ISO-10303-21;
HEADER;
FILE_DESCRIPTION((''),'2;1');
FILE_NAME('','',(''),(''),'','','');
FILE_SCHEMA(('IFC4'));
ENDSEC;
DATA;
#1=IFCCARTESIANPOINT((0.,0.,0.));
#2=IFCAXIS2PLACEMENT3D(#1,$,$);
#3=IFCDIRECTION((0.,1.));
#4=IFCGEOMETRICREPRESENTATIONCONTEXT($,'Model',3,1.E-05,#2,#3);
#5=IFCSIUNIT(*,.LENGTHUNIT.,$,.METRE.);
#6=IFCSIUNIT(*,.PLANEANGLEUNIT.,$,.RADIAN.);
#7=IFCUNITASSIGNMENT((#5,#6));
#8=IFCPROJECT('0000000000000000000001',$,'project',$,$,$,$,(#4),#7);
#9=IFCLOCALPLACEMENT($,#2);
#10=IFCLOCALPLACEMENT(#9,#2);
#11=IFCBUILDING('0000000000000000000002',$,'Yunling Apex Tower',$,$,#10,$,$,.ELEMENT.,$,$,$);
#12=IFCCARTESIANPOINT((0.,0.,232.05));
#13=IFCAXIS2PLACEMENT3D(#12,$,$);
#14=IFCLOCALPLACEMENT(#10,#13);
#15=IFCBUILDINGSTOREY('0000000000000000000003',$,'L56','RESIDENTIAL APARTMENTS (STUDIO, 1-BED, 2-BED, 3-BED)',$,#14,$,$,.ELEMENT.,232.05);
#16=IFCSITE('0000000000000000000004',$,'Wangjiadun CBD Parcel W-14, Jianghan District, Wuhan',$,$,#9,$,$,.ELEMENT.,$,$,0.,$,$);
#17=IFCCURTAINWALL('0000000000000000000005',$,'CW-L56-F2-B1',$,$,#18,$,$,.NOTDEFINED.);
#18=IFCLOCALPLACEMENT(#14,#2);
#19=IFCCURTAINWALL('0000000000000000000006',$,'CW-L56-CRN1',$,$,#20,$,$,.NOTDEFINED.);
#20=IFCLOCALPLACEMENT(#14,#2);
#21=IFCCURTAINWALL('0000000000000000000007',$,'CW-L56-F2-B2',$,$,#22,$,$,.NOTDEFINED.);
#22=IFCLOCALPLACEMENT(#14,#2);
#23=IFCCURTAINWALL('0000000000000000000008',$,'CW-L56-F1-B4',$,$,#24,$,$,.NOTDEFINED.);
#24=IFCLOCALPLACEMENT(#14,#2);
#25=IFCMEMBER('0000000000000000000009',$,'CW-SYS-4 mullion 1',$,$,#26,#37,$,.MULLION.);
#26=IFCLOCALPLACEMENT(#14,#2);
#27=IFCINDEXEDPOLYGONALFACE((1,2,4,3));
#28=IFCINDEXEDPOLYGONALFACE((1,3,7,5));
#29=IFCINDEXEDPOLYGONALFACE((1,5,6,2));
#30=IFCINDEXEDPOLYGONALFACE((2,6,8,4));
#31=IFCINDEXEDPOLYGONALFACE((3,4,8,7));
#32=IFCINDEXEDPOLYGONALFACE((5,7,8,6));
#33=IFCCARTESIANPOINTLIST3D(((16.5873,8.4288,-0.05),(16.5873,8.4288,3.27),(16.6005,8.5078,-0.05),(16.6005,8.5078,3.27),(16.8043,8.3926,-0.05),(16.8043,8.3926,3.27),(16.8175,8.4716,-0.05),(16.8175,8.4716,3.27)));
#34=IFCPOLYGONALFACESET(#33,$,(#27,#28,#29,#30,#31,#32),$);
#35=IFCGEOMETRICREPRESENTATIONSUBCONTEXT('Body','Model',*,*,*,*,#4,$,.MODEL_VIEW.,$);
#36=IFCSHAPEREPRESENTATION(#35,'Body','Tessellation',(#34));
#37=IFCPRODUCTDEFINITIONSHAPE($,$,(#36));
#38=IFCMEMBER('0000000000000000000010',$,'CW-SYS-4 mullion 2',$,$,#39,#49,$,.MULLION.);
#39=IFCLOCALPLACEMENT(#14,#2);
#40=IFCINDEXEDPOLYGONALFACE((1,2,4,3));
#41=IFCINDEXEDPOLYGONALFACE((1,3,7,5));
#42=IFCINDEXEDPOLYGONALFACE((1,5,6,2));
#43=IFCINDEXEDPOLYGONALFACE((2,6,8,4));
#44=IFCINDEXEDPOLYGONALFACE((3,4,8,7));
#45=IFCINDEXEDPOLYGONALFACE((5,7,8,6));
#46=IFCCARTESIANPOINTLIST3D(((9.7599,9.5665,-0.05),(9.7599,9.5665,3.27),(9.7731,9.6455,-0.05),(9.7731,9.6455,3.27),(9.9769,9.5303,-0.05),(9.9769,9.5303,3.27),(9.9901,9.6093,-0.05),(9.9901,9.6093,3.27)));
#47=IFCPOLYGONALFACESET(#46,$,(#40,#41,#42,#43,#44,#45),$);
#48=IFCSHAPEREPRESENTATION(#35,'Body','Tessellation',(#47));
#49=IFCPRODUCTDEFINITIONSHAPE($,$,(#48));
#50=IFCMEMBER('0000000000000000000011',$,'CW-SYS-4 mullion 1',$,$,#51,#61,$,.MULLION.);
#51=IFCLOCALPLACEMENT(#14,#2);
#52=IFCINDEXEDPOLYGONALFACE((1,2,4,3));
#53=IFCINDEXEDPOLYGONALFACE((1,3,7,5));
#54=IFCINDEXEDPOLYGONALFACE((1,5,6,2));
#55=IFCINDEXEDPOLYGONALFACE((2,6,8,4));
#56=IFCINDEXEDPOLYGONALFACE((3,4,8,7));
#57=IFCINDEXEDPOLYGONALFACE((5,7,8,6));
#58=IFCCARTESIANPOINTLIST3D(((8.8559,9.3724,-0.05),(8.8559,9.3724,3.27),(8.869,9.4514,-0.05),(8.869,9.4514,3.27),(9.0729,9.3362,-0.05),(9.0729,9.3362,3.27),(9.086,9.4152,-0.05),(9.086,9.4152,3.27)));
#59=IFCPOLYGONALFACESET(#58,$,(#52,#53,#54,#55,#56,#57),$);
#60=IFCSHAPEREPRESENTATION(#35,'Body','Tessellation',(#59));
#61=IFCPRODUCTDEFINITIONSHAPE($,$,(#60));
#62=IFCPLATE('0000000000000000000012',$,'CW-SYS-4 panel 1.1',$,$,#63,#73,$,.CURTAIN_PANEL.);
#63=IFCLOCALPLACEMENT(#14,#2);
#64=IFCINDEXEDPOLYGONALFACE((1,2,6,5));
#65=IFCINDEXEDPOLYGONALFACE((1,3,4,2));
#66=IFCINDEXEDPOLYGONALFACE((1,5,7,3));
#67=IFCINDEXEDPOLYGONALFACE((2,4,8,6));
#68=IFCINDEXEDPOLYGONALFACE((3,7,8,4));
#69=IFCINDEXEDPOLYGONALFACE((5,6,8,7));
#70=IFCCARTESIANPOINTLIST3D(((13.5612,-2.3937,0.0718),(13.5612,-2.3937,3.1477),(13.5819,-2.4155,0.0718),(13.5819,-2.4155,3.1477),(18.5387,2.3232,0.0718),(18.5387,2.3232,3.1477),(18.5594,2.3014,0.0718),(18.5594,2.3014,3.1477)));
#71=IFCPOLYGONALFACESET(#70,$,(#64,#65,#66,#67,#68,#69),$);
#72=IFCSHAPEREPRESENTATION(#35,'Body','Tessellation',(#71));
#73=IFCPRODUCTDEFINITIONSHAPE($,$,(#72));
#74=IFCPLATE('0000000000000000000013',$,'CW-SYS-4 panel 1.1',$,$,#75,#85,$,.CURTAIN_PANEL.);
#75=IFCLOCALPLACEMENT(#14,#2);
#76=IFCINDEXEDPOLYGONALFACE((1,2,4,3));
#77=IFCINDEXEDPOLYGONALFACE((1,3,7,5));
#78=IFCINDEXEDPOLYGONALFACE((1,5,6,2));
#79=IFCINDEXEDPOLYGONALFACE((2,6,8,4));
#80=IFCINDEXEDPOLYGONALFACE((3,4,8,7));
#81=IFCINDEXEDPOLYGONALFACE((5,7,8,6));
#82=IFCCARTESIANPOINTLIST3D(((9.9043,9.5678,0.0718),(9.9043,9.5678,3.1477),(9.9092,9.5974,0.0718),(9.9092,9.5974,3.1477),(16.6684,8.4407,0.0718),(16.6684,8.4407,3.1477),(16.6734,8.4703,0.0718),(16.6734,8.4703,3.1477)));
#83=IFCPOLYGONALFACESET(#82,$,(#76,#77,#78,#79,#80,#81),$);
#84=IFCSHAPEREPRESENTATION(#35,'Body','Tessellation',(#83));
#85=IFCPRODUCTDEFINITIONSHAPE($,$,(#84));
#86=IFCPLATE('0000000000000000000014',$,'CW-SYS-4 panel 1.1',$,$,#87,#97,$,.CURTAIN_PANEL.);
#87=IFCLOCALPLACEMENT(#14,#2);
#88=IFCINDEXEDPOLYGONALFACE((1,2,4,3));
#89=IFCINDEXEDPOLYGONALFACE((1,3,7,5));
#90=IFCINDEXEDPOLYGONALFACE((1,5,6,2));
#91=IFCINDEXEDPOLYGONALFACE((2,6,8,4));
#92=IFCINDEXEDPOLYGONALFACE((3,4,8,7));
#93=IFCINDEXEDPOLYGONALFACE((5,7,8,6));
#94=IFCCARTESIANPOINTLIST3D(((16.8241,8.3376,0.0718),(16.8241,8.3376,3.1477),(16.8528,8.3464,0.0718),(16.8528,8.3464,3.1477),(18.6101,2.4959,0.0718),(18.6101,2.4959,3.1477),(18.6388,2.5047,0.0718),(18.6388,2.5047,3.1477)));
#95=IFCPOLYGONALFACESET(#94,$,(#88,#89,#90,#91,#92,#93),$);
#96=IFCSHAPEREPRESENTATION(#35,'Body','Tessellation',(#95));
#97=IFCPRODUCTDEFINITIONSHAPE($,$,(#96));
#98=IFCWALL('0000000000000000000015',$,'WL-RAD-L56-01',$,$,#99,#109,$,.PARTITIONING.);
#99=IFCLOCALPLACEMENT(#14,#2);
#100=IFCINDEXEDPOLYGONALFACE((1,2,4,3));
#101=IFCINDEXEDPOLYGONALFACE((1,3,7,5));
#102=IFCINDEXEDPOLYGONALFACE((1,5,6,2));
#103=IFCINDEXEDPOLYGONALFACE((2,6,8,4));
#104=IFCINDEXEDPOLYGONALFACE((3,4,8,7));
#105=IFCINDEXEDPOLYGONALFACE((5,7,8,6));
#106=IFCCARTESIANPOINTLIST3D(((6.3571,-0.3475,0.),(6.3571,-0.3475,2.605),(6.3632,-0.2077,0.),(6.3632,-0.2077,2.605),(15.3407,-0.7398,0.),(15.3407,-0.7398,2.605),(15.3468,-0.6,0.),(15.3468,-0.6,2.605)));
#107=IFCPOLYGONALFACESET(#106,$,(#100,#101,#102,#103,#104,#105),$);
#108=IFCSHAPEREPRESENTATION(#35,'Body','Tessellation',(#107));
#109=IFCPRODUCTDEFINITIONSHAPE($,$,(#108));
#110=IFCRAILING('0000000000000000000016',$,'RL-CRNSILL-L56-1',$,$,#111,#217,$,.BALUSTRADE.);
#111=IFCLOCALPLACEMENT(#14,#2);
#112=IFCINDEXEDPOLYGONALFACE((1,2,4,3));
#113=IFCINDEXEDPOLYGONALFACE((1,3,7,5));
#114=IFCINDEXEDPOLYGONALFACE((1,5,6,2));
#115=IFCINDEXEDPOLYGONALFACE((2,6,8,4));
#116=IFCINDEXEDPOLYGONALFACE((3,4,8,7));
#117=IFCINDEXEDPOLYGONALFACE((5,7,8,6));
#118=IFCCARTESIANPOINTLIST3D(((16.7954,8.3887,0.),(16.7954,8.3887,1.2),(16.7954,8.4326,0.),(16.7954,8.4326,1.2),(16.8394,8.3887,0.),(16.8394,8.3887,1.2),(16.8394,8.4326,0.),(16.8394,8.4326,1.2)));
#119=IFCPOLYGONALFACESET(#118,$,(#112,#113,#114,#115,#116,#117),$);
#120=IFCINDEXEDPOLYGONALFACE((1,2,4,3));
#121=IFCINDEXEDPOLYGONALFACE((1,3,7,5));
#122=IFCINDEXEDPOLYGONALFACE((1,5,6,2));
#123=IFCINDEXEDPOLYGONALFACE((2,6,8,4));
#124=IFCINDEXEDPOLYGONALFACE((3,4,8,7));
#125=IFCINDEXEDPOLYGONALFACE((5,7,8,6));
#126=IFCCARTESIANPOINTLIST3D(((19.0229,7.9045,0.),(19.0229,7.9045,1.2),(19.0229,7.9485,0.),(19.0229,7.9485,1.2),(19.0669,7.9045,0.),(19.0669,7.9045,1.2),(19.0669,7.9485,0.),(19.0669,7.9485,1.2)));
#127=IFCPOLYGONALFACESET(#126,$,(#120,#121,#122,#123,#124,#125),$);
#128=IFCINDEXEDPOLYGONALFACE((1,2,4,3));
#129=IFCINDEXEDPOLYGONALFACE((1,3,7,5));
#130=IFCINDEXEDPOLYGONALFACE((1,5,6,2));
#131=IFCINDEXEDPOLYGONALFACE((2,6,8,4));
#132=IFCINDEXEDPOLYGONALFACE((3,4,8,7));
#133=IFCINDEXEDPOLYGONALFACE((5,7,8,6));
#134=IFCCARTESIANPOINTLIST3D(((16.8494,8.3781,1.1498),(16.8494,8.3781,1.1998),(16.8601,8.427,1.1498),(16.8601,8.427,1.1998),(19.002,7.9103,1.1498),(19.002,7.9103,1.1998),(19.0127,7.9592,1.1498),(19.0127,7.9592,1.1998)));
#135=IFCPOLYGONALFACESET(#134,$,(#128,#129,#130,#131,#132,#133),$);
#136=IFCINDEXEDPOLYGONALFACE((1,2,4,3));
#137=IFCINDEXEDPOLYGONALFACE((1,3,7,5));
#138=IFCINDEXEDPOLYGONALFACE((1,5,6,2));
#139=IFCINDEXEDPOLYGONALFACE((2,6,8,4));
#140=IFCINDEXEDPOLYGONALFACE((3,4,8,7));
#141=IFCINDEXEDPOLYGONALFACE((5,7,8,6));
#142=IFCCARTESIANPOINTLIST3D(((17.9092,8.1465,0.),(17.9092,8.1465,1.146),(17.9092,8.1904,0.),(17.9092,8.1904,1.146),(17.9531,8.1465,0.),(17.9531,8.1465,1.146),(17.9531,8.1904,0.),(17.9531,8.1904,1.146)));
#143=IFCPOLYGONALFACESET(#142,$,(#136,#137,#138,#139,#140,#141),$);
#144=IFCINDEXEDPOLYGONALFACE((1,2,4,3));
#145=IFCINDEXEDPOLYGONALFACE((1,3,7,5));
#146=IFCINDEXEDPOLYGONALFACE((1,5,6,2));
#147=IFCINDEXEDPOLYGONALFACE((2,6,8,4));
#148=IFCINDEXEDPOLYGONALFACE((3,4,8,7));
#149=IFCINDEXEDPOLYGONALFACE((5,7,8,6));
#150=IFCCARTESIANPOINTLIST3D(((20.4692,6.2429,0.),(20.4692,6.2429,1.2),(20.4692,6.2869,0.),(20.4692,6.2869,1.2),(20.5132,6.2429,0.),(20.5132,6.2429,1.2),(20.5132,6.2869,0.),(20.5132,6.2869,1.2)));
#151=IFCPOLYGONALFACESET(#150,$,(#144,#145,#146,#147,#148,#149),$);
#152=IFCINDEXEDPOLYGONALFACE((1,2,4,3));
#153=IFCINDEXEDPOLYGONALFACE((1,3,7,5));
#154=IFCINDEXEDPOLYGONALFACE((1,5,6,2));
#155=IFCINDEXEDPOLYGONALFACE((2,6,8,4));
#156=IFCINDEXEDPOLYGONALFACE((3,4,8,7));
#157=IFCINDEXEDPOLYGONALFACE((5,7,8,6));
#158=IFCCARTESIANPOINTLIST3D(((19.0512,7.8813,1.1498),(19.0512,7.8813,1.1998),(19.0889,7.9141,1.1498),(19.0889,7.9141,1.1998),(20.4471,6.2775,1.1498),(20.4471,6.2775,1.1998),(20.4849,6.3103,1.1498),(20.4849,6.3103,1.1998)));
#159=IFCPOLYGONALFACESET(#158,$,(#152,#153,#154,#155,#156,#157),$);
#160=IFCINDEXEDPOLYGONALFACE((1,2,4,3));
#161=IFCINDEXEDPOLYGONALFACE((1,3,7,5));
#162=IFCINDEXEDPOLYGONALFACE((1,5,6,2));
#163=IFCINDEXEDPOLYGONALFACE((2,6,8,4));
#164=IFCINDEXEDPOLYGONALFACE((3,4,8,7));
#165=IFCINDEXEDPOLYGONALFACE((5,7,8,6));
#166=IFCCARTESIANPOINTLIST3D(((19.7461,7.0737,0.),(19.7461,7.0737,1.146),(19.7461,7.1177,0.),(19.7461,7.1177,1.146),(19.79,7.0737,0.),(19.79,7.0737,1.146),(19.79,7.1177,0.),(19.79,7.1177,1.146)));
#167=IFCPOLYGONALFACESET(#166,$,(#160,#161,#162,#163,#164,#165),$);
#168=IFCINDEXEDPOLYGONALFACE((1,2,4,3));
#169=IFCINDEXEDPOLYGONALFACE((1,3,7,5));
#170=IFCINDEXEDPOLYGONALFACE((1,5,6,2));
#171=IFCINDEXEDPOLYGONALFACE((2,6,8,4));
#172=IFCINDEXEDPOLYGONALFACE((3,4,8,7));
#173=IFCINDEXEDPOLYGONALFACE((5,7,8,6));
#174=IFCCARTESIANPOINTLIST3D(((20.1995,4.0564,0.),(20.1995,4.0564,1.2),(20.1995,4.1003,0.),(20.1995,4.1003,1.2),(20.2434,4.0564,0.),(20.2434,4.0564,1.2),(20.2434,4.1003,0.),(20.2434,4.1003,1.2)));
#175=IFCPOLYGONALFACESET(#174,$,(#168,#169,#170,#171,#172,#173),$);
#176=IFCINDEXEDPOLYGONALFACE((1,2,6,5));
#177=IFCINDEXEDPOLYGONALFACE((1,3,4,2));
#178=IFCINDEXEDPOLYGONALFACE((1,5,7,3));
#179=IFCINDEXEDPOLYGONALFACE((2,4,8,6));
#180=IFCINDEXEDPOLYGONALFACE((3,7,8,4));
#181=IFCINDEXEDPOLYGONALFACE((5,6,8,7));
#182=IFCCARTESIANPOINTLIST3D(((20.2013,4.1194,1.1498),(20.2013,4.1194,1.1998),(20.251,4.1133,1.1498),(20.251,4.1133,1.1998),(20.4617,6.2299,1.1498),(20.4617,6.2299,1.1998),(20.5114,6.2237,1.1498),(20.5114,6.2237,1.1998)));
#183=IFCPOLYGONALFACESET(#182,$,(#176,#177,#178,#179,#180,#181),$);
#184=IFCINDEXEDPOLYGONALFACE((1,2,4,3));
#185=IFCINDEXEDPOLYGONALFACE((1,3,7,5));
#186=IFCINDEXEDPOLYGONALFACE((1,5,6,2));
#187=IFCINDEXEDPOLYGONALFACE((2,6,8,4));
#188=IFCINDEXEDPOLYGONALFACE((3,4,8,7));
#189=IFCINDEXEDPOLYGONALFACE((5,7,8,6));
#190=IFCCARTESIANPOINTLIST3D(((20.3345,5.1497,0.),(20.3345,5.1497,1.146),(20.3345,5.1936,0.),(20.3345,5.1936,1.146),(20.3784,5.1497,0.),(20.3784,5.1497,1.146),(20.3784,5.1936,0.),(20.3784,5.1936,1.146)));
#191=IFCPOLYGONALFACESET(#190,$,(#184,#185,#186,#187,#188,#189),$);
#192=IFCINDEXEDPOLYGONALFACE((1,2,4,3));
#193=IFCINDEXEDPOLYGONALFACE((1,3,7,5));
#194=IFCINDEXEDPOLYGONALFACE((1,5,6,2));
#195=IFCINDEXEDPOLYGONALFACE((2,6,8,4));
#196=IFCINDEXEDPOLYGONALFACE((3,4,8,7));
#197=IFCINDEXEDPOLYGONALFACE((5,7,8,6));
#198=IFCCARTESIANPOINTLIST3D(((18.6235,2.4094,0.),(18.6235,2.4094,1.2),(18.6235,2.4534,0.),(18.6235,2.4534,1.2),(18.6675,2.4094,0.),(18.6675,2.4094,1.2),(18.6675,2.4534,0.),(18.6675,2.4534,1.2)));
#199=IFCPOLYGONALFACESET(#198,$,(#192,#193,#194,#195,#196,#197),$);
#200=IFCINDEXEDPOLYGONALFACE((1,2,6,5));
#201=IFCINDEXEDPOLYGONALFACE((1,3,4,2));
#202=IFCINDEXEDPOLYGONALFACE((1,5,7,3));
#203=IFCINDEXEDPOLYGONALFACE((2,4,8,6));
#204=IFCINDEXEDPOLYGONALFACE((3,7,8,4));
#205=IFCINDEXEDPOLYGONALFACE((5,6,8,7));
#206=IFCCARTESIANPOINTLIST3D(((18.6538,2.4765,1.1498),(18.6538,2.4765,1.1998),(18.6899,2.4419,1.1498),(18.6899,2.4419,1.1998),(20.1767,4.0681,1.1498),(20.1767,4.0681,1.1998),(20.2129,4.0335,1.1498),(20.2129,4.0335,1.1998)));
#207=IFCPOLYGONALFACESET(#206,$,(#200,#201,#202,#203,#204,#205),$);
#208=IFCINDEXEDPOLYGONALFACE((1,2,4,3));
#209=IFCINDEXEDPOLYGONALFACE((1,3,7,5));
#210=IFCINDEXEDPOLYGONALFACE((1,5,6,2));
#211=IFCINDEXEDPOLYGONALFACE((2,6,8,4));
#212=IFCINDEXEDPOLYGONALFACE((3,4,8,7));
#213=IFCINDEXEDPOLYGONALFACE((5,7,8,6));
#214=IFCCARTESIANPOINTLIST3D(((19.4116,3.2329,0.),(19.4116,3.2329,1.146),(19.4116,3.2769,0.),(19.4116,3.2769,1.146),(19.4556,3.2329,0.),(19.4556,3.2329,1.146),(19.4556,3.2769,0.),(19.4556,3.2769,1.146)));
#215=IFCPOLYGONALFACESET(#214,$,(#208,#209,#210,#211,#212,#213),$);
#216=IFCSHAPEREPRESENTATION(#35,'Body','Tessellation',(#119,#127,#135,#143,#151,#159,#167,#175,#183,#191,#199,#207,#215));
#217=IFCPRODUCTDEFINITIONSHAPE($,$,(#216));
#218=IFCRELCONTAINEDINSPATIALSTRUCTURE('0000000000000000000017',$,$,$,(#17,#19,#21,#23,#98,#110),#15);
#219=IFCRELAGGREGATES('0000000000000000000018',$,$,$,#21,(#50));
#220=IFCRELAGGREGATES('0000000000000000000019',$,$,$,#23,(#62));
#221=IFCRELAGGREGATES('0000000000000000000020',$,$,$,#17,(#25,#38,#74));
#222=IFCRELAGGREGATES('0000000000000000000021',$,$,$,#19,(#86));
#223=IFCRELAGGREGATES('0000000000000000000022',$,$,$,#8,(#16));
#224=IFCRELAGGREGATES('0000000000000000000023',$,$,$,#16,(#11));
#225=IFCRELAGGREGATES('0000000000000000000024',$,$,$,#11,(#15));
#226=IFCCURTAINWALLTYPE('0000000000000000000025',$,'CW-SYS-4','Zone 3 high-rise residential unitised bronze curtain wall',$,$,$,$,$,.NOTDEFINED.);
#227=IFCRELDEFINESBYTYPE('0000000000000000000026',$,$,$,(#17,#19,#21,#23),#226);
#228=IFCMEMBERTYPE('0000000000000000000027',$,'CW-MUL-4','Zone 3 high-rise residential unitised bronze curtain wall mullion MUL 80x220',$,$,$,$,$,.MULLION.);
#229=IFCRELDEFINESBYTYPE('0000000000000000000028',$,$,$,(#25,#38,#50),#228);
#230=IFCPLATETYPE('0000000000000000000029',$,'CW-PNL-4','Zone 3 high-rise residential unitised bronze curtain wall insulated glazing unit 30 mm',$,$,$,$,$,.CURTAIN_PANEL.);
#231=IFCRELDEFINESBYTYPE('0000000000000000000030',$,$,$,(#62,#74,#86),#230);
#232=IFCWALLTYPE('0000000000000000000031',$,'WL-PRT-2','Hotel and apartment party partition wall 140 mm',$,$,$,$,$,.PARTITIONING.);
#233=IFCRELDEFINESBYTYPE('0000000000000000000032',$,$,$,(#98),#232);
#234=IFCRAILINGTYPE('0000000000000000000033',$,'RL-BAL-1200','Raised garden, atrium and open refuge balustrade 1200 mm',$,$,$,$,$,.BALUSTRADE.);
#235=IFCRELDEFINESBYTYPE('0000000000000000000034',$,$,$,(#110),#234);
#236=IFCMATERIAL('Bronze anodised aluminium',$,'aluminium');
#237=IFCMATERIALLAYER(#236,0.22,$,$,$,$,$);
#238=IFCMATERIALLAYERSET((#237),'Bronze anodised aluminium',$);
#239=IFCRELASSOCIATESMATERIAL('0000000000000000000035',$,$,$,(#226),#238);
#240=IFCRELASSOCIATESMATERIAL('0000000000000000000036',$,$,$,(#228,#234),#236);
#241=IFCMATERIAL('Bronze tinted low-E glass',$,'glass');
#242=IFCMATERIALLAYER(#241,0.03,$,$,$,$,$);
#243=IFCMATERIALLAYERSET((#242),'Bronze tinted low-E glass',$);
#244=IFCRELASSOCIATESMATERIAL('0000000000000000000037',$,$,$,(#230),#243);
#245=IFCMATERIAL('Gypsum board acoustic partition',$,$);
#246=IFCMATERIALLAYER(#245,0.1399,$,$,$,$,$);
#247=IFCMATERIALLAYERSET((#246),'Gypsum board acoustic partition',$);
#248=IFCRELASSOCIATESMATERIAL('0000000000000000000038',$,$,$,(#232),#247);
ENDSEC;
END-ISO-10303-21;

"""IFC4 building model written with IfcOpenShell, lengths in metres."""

from ifc_helpers import new_model, si_unit, direction, frame, frame_2d, origin, origin_2d, place, context, subcontext, project, spatial, rectangle, extrude, source, transform, mapped, material, layer, layer_set, material_profile, profile_set, type_object, element, aggregate, save


model = new_model("IFC4")

# Units and contexts
model_context = context("Model", 3, precision=1e-05, world=origin(), true_north=direction((0.0, 1.0)))
body_context = subcontext(model_context, "Body", "Model", "MODEL_VIEW")
ifc_project = project(units=[si_unit("LENGTHUNIT", "METRE"), si_unit("PLANEANGLEUNIT", "RADIAN")], contexts=[model_context])

# Site, building, storey
site_placement = place(None, origin())
site = spatial("IfcSite", under=ifc_project, at=site_placement, Name="Wangjiadun CBD Parcel W-14, Jianghan District, Wuhan", CompositionType="ELEMENT", RefElevation=0.0)
building_placement = place(site_placement, origin())
building = spatial("IfcBuilding", under=site, at=building_placement, Name="Yunling Apex Tower", CompositionType="ELEMENT")
storey_placement = place(building_placement, frame((0.0, 0.0, 232.05)))
storey = spatial("IfcBuildingStorey", under=building, at=storey_placement, Name="L56", Description="RESIDENTIAL APARTMENTS (STUDIO, 1-BED, 2-BED, 3-BED)", CompositionType="ELEMENT", Elevation=232.05)

# Curtain walls
ifc_material_1 = material(Name="Bronze anodised aluminium", Category="aluminium")
ifc_layer_1 = layer(ifc_material_1, 0.22)
ifc_layer_set_1 = layer_set([ifc_layer_1], Name="Bronze anodised aluminium")
curtain_wall_type = type_object("IfcCurtainWallType", Name="CW-SYS-4", Description="Zone 3 high-rise residential unitised bronze curtain wall", PredefinedType="NOTDEFINED", material=ifc_layer_set_1)
curtain_wall_1_placement = place(storey_placement, origin())
curtain_wall_1 = element("IfcCurtainWall", 1, at=curtain_wall_1_placement, inside=storey, type_object=curtain_wall_type, Name="CW-L56-F2-B1", PredefinedType="NOTDEFINED")
curtain_wall_2_placement = place(storey_placement, origin())
curtain_wall_2 = element("IfcCurtainWall", 2, at=curtain_wall_2_placement, inside=storey, type_object=curtain_wall_type, Name="CW-L56-CRN1", PredefinedType="NOTDEFINED")
curtain_wall_3_placement = place(storey_placement, origin())
curtain_wall_3 = element("IfcCurtainWall", 3, at=curtain_wall_3_placement, inside=storey, type_object=curtain_wall_type, Name="CW-L56-F2-B2", PredefinedType="NOTDEFINED")

# Curtain wall
curtain_wall_4_placement = place(storey_placement, origin())
curtain_wall_4 = element("IfcCurtainWall", 4, at=curtain_wall_4_placement, inside=storey, type_object=curtain_wall_type, Name="CW-L56-F1-B4", PredefinedType="NOTDEFINED")
ifc_material_profile_1 = material_profile(ifc_material_1, rectangle(XDim=0.0801, YDim=0.22, at=origin_2d()))
ifc_profile_set_1 = profile_set([ifc_material_profile_1], Name="Bronze anodised aluminium")
member_type_1 = type_object("IfcMemberType", Name="CW-MUL-4", Description="Zone 3 high-rise residential unitised bronze curtain wall mullion MUL 80x220", PredefinedType="MULLION", material=ifc_profile_set_1)
shared_shape_1 = source(origin(), body_context, "Body", "SweptSolid", [
    extrude(rectangle(XDim=0.0801, YDim=0.22, at=origin_2d()), origin(), (0.0, 0.0, 1.0), 3.3201),
])

# Members
member_1_placement = place(storey_placement, frame((16.7024, 8.4502, -0.05), z_axis=(0.0, 0.0, 1.0), x_axis=(-0.164353, -0.986402, 0.0)))
member_1 = element("IfcMember", 5, at=member_1_placement, type_object=member_type_1, Name="CW-SYS-4 mullion 1", PredefinedType="MULLION", context=body_context, shape_type="MappedRepresentation", body=[
    mapped(shared_shape_1, transform((0.0, 0.0, 0.0), scale=1.0)),
])
member_2_placement = place(storey_placement, frame((9.875, 9.5879, -0.05), z_axis=(0.0, 0.0, 1.0), x_axis=(-0.164353, -0.986402, 0.0)))
member_2 = element("IfcMember", 6, at=member_2_placement, type_object=member_type_1, Name="CW-SYS-4 mullion 2", PredefinedType="MULLION", context=body_context, shape_type="MappedRepresentation", body=[
    mapped(shared_shape_1, transform((0.0, 0.0, 0.0), scale=1.0)),
])
member_3_placement = place(storey_placement, frame((8.9709, 9.3938, -0.05), z_axis=(0.0, 0.0, 1.0), x_axis=(-0.164371, -0.986399, 0.0)))
member_3 = element("IfcMember", 7, at=member_3_placement, type_object=member_type_1, Name="CW-SYS-4 mullion 1", PredefinedType="MULLION", context=body_context, shape_type="MappedRepresentation", body=[
    mapped(shared_shape_1, transform((0.0, 0.0, 0.0), scale=1.0)),
])
aggregate(curtain_wall_3, [member_3])

# Plates
ifc_material_2 = material(Name="Bronze tinted low-E glass", Category="glass")
ifc_layer_2 = layer(ifc_material_2, 0.03)
ifc_layer_set_2 = layer_set([ifc_layer_2], Name="Bronze tinted low-E glass")
plate_type = type_object("IfcPlateType", Name="CW-PNL-4", Description="Zone 3 high-rise residential unitised bronze curtain wall insulated glazing unit 30 mm", PredefinedType="CURTAIN_PANEL", material=ifc_layer_set_2)
shared_shape_2 = source(origin(), body_context, "Body", "SweptSolid", [
    extrude(rectangle(XDim=6.8574, YDim=0.03, at=origin_2d()), origin(), (0.0, 0.0, 1.0), 3.0759),
])
plate_1_placement = place(storey_placement, frame((16.0603, -0.0461, 0.0718), z_axis=(0.0, 0.0, 1.0), x_axis=(0.725855, 0.687848, 0.0)))
plate_1 = element("IfcPlate", 8, at=plate_1_placement, type_object=plate_type, Name="CW-SYS-4 panel 1.1", PredefinedType="CURTAIN_PANEL", context=body_context, shape_type="MappedRepresentation", body=[
    mapped(shared_shape_2, transform((0.0, 0.0, 0.0), scale=1.0)),
])
aggregate(curtain_wall_4, [plate_1])
plate_2_placement = place(storey_placement, frame((13.2888, 9.019, 0.0718), z_axis=(0.0, 0.0, 1.0), x_axis=(-0.986402, 0.164353, 0.0)))
plate_2 = element("IfcPlate", 9, at=plate_2_placement, type_object=plate_type, Name="CW-SYS-4 panel 1.1", PredefinedType="CURTAIN_PANEL", context=body_context, shape_type="MappedRepresentation", body=[
    mapped(shared_shape_2, transform((0.0, 0.0, 0.0), scale=1.0)),
])
aggregate(curtain_wall_1, [member_1, member_2, plate_2])
shared_shape_3 = source(origin(), body_context, "Body", "SweptSolid", [
    extrude(rectangle(XDim=6.1086, YDim=0.03, at=origin_2d()), origin(), (0.0, 0.0, 1.0), 3.0759),
])
plate_3_placement = place(storey_placement, frame((17.7314, 5.4211, 0.0718), z_axis=(0.0, 0.0, 1.0), x_axis=(-0.292369, 0.956305, 0.0)))
plate_3 = element("IfcPlate", 10, at=plate_3_placement, type_object=plate_type, Name="CW-SYS-4 panel 1.1", PredefinedType="CURTAIN_PANEL", context=body_context, shape_type="MappedRepresentation", body=[
    mapped(shared_shape_3, transform((0.0, 0.0, 0.0), scale=1.0)),
])
aggregate(curtain_wall_2, [plate_3])

# Wall
ifc_material_3 = material(Name="Gypsum board acoustic partition")
ifc_layer_3 = layer(ifc_material_3, 0.1399)
ifc_layer_set_3 = layer_set([ifc_layer_3], Name="Gypsum board acoustic partition")
wall_type = type_object("IfcWallType", Name="WL-PRT-2", Description="Hotel and apartment party partition wall 140 mm", PredefinedType="PARTITIONING", material=ifc_layer_set_3)
wall_placement = place(storey_placement, frame((6.3601, -0.2776, 0.0), z_axis=(0.0, 0.0, 1.0), x_axis=(0.999048, -0.04363, 0.0)))
element("IfcWall", 11, at=wall_placement, inside=storey, type_object=wall_type, Name="WL-RAD-L56-01", PredefinedType="PARTITIONING", context=body_context, shape_type="SweptSolid", body=[
    extrude(rectangle(XDim=8.9922, YDim=0.1399, at=frame_2d((4.4961, 0.0))), origin(), (0.0, 0.0, 1.0), 2.605),
])

# Railing
railing_type = type_object("IfcRailingType", Name="RL-BAL-1200", Description="Raised garden, atrium and open refuge balustrade 1200 mm", PredefinedType="BALUSTRADE", material=ifc_material_1)
railing_1_placement = place(storey_placement, frame((16.8174, 8.4106, 0.0)))
element("IfcRailing", 12, at=railing_1_placement, inside=storey, type_object=railing_type, Name="RL-CRNSILL-L56-1", PredefinedType="BALUSTRADE", context=body_context, shape_type="SweptSolid", body=[
    extrude(rectangle(XDim=0.0439, YDim=0.0439, at=origin_2d()), origin(), (0.0, 0.0, 1.0), 1.2),
    extrude(rectangle(XDim=0.0439, YDim=0.0439, at=origin_2d()), frame((2.2275, -0.4841, 0.0)), (0.0, 0.0, 1.0), 1.2),
    extrude(rectangle(XDim=0.05, YDim=0.05, at=origin_2d()), frame((0.0374, -0.0081, 1.1748), z_axis=(0.977187, -0.212381, 0.0), x_axis=(0.212381, 0.977187, 0.0)), (0.0, 0.0, 1.0), 2.2029),
    extrude(rectangle(XDim=0.0439, YDim=0.0439, at=origin_2d()), frame((1.1138, -0.2422, 0.0)), (0.0, 0.0, 1.0), 1.146),
    extrude(rectangle(XDim=0.0439, YDim=0.0439, at=origin_2d()), frame((3.6738, -2.1458, 0.0)), (0.0, 0.0, 1.0), 1.2),
    extrude(rectangle(XDim=0.05, YDim=0.05, at=origin_2d()), frame((2.2527, -0.5129, 1.1748), z_axis=(0.656541, -0.75429, 0.0), x_axis=(0.75429, 0.656541, 0.0)), (0.0, 0.0, 1.0), 2.1262),
    extrude(rectangle(XDim=0.0439, YDim=0.0439, at=origin_2d()), frame((2.9507, -1.3149, 0.0)), (0.0, 0.0, 1.0), 1.146),
    extrude(rectangle(XDim=0.0439, YDim=0.0439, at=origin_2d()), frame((3.4041, -4.3323, 0.0)), (0.0, 0.0, 1.0), 1.2),
    extrude(rectangle(XDim=0.05, YDim=0.05, at=origin_2d()), frame((3.6692, -2.1838, 1.1748), z_axis=(-0.122452, -0.992474, 0.0), x_axis=(0.992474, -0.122452, 0.0)), (0.0, 0.0, 1.0), 2.1265),
    extrude(rectangle(XDim=0.0439, YDim=0.0439, at=origin_2d()), frame((3.5391, -3.239, 0.0)), (0.0, 0.0, 1.0), 1.146),
    extrude(rectangle(XDim=0.0439, YDim=0.0439, at=origin_2d()), frame((1.8281, -5.9792, 0.0)), (0.0, 0.0, 1.0), 1.2),
    extrude(rectangle(XDim=0.05, YDim=0.05, at=origin_2d()), frame((3.3774, -4.3599, 1.1748), z_axis=(-0.691352, -0.722519, 0.0), x_axis=(0.722519, -0.691352, 0.0)), (0.0, 0.0, 1.0), 2.2029),
    extrude(rectangle(XDim=0.0439, YDim=0.0439, at=origin_2d()), frame((2.6162, -5.1558, 0.0)), (0.0, 0.0, 1.0), 1.146),
])

save(model, "model.ifc")
